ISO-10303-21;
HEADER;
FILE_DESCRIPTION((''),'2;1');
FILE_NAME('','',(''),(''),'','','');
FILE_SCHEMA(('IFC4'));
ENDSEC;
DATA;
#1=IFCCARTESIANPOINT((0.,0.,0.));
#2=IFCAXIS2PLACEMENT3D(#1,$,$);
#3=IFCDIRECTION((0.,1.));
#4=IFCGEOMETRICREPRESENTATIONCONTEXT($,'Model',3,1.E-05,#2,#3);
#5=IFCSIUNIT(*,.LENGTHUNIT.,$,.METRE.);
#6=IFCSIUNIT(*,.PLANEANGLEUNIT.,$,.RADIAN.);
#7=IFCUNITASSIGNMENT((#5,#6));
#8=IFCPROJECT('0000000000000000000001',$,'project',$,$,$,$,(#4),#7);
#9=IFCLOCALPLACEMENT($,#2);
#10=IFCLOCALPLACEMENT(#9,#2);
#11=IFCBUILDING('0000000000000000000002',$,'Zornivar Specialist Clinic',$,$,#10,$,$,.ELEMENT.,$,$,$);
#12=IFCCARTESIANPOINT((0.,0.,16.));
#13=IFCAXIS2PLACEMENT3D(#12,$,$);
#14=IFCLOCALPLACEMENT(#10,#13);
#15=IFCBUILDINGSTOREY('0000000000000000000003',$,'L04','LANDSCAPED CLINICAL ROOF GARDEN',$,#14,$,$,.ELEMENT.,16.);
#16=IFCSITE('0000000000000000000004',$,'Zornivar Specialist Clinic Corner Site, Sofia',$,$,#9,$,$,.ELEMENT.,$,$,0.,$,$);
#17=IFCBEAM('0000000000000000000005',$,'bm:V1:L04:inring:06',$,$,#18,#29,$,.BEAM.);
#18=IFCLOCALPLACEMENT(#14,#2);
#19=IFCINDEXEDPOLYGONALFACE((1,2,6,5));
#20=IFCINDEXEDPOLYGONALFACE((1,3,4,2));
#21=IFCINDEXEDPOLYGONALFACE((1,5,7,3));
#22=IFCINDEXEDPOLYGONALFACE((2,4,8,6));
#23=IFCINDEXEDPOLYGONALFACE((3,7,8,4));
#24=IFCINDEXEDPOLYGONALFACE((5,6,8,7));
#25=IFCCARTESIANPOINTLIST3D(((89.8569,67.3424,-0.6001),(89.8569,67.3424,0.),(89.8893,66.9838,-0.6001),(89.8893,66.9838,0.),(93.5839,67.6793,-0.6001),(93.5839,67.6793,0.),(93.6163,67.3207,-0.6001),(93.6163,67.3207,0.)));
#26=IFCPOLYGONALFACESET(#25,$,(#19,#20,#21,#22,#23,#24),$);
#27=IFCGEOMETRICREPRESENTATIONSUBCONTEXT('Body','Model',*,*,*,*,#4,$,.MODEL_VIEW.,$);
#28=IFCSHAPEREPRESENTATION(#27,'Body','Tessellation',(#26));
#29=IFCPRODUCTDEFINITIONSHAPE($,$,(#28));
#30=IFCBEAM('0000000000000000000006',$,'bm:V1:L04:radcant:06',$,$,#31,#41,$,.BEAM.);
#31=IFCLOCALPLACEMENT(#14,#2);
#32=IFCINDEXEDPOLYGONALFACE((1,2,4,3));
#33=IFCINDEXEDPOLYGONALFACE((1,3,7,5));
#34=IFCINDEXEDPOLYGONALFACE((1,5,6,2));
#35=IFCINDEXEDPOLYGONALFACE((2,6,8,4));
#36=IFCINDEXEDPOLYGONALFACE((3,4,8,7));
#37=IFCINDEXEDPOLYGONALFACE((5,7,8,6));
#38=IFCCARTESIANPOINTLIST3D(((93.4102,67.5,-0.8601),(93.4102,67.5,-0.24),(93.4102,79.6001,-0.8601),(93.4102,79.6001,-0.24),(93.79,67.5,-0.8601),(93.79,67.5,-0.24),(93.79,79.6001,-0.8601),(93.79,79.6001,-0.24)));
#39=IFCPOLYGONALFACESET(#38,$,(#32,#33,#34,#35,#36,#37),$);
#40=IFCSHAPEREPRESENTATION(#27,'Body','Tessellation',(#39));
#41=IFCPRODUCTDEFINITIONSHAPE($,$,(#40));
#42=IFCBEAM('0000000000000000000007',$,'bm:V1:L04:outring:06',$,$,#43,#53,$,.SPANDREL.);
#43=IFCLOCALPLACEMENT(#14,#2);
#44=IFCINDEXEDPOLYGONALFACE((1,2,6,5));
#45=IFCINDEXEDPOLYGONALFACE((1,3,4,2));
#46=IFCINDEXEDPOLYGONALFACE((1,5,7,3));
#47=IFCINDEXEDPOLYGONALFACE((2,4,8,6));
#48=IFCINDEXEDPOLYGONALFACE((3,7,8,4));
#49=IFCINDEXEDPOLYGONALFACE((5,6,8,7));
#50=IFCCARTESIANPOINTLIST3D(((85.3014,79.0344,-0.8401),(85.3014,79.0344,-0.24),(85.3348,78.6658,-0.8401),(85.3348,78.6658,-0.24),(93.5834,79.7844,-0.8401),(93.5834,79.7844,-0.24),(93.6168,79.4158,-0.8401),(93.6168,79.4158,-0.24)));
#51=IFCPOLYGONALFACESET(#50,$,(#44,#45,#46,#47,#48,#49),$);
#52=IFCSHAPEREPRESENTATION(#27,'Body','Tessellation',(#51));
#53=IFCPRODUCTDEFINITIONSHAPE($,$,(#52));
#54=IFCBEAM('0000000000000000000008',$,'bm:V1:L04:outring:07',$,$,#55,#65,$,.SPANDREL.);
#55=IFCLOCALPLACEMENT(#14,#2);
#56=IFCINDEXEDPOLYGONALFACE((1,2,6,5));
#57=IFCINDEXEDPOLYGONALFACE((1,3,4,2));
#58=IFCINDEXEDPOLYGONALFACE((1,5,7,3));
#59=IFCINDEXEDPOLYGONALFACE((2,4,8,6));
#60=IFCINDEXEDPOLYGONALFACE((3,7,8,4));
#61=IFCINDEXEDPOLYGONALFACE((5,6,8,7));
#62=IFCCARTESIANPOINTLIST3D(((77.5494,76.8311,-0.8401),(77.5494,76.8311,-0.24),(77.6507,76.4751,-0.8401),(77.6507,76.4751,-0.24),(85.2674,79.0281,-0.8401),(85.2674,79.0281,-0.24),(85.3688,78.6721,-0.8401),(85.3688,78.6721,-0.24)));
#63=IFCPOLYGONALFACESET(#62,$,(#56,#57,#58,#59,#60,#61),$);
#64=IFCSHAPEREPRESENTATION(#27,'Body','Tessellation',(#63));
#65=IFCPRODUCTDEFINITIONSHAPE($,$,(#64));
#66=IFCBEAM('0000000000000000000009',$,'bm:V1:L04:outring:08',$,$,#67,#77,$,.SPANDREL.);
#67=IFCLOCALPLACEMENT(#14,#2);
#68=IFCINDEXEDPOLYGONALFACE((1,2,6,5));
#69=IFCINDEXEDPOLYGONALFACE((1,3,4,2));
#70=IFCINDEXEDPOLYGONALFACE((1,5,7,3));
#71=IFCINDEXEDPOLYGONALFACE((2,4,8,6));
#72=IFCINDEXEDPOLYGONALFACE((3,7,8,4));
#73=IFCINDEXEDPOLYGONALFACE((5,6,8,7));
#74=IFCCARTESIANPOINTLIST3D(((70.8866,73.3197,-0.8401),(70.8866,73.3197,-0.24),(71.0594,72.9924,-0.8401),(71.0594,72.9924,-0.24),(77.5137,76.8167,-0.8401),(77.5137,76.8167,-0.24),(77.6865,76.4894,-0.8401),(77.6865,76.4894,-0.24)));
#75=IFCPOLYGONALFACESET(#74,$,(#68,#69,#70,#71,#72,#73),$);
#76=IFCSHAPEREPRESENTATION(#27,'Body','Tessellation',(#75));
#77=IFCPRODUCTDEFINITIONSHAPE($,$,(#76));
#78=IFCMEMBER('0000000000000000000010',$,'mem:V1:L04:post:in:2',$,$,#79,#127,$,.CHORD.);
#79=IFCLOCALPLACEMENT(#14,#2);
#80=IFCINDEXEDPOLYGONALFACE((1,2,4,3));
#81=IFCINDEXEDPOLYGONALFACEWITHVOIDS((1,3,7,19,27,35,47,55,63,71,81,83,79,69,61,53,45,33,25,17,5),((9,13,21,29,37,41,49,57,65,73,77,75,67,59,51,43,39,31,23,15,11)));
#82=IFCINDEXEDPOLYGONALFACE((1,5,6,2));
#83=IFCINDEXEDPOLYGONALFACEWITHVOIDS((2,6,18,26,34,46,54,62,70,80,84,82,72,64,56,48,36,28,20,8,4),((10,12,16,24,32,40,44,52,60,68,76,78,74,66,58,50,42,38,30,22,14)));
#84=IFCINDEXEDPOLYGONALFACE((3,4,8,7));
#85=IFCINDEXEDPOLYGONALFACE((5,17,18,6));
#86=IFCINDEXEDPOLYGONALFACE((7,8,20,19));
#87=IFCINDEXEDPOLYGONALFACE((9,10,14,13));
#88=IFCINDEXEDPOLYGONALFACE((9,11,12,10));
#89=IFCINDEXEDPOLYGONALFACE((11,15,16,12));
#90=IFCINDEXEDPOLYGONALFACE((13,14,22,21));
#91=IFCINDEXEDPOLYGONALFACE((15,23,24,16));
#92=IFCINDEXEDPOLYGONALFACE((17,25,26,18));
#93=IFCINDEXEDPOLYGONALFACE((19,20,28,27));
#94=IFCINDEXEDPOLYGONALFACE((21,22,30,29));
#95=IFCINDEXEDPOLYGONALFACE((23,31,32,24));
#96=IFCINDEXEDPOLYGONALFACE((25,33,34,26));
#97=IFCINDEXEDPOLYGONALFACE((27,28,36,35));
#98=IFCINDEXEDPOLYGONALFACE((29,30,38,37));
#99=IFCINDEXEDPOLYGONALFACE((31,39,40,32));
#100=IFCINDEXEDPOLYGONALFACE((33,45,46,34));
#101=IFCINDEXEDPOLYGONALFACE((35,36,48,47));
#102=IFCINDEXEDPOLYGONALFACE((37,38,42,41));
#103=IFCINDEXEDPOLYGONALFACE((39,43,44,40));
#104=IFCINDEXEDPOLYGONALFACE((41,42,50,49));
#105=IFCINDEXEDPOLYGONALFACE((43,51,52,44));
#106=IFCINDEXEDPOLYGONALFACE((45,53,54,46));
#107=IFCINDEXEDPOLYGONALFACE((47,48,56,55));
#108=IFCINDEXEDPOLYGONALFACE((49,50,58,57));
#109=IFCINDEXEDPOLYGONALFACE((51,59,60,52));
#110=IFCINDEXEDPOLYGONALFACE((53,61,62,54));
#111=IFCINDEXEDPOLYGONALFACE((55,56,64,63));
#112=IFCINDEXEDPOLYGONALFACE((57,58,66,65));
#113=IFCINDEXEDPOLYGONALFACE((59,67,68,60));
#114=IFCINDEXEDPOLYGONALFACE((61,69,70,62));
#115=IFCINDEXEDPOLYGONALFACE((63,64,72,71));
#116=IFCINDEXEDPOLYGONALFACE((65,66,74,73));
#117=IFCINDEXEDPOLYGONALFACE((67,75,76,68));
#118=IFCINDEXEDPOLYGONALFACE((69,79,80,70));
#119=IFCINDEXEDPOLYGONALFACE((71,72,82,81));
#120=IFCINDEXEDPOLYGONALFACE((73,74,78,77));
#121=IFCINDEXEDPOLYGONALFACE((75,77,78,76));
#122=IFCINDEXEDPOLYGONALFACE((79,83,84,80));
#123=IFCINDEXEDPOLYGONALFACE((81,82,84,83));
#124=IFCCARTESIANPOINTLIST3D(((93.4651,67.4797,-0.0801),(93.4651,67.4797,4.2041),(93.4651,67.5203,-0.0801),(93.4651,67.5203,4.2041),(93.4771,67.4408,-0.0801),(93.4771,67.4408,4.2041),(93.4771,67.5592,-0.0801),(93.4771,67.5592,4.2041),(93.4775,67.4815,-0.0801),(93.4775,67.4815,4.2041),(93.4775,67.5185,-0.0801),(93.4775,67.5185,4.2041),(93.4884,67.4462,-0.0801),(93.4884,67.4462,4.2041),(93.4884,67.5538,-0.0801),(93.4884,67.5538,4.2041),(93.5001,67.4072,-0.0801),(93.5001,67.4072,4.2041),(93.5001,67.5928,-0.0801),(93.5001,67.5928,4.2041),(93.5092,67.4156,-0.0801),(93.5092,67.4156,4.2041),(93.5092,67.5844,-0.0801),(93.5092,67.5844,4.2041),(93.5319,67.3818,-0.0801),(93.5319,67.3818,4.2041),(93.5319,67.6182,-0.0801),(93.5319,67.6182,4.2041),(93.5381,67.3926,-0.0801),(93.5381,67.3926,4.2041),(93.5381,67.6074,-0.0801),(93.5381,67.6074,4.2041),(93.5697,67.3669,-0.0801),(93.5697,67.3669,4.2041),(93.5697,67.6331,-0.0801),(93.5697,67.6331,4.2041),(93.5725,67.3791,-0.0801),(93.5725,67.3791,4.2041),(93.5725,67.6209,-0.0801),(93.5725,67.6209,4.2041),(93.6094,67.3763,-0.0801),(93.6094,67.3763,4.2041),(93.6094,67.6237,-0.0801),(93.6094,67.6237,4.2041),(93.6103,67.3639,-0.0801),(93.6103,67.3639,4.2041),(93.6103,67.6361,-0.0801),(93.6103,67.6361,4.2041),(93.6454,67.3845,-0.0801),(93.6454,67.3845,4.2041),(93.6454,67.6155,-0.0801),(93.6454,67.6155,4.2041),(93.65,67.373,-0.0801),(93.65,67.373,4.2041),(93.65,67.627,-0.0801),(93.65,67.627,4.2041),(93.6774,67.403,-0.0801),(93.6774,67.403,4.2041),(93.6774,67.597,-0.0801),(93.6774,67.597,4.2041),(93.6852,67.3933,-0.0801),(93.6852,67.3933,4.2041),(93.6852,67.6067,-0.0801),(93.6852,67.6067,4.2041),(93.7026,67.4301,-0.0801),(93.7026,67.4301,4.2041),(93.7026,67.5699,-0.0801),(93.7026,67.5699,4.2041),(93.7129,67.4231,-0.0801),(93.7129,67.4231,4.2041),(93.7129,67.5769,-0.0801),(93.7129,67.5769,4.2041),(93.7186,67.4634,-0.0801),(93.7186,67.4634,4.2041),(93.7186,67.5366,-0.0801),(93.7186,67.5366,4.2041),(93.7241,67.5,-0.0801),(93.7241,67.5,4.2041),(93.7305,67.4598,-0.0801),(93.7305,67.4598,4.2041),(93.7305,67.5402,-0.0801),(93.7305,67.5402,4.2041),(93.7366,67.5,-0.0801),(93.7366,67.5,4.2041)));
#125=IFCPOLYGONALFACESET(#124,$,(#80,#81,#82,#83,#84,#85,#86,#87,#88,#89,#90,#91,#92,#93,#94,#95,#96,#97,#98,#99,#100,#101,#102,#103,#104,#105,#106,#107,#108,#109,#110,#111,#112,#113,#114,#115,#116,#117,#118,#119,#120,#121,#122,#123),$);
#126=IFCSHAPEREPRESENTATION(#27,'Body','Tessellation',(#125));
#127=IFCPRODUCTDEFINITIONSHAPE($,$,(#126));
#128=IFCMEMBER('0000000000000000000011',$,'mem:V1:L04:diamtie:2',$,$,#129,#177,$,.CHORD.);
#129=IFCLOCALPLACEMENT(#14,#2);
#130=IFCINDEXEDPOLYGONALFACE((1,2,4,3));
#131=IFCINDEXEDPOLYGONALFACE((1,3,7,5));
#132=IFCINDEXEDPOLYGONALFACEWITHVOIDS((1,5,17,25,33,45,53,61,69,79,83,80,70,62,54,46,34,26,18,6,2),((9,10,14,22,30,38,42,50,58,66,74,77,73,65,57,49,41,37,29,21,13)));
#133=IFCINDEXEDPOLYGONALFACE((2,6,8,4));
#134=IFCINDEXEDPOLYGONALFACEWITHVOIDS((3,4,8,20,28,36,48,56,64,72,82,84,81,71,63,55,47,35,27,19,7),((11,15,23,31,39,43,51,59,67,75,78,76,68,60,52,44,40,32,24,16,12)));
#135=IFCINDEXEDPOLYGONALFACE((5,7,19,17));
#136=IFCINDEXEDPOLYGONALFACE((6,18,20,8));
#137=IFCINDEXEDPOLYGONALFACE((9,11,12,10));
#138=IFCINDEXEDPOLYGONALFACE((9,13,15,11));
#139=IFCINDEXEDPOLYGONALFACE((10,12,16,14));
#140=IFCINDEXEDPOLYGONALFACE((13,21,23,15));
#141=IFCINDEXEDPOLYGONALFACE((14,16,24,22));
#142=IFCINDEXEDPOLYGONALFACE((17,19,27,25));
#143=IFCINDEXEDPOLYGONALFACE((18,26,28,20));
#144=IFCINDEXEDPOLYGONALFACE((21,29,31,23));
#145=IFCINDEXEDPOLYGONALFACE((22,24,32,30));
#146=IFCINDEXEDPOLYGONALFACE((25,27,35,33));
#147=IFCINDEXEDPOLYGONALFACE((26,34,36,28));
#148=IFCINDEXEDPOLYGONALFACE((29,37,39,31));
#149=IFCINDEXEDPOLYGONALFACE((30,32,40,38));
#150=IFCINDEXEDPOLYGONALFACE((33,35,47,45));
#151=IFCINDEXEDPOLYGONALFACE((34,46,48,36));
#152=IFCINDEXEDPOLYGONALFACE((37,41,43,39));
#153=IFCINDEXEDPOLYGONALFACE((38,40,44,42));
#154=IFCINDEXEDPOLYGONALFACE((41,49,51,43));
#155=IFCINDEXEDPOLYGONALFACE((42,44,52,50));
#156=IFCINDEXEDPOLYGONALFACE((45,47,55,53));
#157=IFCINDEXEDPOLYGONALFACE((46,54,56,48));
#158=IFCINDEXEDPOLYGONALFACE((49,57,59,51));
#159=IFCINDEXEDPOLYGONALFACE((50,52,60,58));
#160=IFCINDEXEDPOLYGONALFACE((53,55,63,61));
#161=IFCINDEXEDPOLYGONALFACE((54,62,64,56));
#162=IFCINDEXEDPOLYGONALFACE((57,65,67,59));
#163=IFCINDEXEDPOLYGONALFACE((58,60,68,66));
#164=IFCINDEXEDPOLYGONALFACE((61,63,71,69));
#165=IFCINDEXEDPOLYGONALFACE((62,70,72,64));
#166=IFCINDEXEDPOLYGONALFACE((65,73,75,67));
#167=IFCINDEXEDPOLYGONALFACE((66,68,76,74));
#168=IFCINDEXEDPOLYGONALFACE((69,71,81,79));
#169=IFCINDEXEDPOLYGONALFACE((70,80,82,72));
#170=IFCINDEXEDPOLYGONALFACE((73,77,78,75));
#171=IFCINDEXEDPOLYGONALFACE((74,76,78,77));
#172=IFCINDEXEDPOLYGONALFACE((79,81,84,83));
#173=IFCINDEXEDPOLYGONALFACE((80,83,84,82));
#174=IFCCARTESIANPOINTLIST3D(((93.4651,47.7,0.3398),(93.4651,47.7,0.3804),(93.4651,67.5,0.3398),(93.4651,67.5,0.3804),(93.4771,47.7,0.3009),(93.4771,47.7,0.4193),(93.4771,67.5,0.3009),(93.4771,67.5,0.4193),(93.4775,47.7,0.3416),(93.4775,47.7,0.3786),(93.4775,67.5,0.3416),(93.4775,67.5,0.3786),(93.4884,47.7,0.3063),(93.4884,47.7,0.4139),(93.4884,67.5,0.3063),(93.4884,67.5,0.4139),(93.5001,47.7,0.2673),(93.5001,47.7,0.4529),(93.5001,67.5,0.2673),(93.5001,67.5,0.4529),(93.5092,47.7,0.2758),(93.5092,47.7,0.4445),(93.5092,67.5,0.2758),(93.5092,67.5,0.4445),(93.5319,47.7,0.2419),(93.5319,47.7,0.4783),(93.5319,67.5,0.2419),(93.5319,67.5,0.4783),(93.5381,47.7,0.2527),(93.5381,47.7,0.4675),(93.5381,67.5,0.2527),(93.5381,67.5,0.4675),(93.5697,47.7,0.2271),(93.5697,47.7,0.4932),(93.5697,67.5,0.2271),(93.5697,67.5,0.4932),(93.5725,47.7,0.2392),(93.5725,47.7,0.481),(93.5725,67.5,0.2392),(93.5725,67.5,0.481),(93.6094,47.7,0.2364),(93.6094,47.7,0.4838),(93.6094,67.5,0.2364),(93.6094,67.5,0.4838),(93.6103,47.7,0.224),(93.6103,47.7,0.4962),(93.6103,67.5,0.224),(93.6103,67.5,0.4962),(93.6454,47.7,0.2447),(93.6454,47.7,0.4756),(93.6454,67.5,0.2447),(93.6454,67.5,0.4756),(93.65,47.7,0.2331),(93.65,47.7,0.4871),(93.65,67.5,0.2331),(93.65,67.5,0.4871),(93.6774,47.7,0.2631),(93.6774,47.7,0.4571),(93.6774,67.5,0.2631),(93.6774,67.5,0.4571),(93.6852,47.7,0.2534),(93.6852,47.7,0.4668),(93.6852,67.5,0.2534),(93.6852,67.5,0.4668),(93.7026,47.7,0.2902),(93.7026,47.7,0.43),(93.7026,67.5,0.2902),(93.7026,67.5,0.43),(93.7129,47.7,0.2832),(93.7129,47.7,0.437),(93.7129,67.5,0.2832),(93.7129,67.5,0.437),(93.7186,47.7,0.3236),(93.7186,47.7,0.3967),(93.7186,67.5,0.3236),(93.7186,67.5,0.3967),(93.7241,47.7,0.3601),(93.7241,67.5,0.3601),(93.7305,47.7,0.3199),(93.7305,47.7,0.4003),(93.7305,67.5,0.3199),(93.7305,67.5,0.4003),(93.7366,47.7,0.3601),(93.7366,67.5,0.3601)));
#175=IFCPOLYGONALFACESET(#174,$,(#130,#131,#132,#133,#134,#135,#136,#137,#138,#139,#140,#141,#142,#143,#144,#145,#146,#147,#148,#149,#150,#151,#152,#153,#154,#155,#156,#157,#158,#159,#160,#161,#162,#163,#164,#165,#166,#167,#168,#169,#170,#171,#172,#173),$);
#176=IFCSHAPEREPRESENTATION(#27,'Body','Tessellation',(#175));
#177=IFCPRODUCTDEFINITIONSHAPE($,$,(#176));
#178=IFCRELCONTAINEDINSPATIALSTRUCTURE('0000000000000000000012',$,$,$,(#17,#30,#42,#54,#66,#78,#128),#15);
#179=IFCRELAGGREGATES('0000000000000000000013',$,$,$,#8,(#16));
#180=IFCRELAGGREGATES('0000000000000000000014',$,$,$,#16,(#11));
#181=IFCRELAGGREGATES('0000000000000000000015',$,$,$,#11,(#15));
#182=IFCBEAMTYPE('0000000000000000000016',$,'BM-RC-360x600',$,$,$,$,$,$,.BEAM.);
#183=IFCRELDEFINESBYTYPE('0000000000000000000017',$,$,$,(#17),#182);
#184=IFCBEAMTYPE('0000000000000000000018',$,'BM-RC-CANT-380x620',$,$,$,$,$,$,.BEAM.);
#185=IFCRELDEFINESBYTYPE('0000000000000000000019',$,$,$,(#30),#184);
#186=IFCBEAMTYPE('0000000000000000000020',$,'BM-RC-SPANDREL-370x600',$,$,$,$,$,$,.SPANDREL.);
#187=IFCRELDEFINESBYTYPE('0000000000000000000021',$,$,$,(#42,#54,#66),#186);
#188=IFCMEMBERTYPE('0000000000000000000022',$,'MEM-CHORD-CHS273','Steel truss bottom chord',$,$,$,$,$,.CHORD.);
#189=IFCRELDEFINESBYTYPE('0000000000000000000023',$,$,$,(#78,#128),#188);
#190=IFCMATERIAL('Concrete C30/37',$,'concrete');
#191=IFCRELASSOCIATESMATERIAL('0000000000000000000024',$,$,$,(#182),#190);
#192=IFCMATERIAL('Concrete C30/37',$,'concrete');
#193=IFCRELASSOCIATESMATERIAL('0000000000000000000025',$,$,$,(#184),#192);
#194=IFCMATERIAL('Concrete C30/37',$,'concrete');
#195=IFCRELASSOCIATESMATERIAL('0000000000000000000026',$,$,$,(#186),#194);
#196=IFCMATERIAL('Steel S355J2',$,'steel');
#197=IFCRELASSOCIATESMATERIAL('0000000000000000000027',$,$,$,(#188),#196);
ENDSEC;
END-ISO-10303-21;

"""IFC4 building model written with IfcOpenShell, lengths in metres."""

from ifc_helpers import new_model, si_unit, direction, frame, origin, origin_2d, place, context, subcontext, project, spatial, rectangle, hollow_circle, extrude, material, material_profile, profile_set, type_object, element, save


model = new_model("IFC4")

# Units and contexts
model_context = context("Model", 3, precision=1e-05, world=origin(), true_north=direction((0.0, 1.0)))
body_context = subcontext(model_context, "Body", "Model", "MODEL_VIEW")
ifc_project = project(units=[si_unit("LENGTHUNIT", "METRE"), si_unit("PLANEANGLEUNIT", "RADIAN")], contexts=[model_context])

# Site, building, storey
site_placement = place(None, origin())
site = spatial("IfcSite", under=ifc_project, at=site_placement, Name="Zornivar Specialist Clinic Corner Site, Sofia", CompositionType="ELEMENT", RefElevation=0.0)
building_placement = place(site_placement, origin())
building = spatial("IfcBuilding", under=site, at=building_placement, Name="Zornivar Specialist Clinic", CompositionType="ELEMENT")
storey_placement = place(building_placement, frame((0.0, 0.0, 16.0)))
storey = spatial("IfcBuildingStorey", under=building, at=storey_placement, Name="L04", Description="LANDSCAPED CLINICAL ROOF GARDEN", CompositionType="ELEMENT", Elevation=16.0)

# Beams
ifc_material_1 = material(Name="Concrete C30/37", Category="concrete")
ifc_material_profile_1 = material_profile(ifc_material_1, rectangle(XDim=0.3601, YDim=0.6001, at=origin_2d()), Name="RC 360x600")
ifc_profile_set_1 = profile_set([ifc_material_profile_1], Name="Concrete C30/37")
beam_type_1 = type_object("IfcBeamType", Name="BM-RC-360x600", PredefinedType="BEAM", material=ifc_profile_set_1)
beam_1_placement = place(storey_placement, frame((93.6001, 67.5, -0.3), z_axis=(-0.995939, -0.09003, 0.0), x_axis=(0.09003, -0.995939, 0.0)))
element("IfcBeam", 1, at=beam_1_placement, inside=storey, type_object=beam_type_1, Name="bm:V1:L04:inring:06", PredefinedType="BEAM", context=body_context, shape_type="SweptSolid", body=[
    extrude(rectangle(XDim=0.3601, YDim=0.6001, at=origin_2d()), origin(), (0.0, 0.0, 1.0), 3.7422),
])
ifc_material_2 = material(Name="Concrete C30/37", Category="concrete")
ifc_material_profile_2 = material_profile(ifc_material_2, rectangle(XDim=0.3799, YDim=0.6201, at=origin_2d()), Name="RC 380x620")
ifc_profile_set_2 = profile_set([ifc_material_profile_2], Name="Concrete C30/37")
beam_type_2 = type_object("IfcBeamType", Name="BM-RC-CANT-380x620", PredefinedType="BEAM", material=ifc_profile_set_2)
beam_2_placement = place(storey_placement, frame((93.6001, 67.5, -0.55), z_axis=(0.0, 1.0, 0.0), x_axis=(-1.0, 0.0, 0.0)))
element("IfcBeam", 2, at=beam_2_placement, inside=storey, type_object=beam_type_2, Name="bm:V1:L04:radcant:06", PredefinedType="BEAM", context=body_context, shape_type="SweptSolid", body=[
    extrude(rectangle(XDim=0.3799, YDim=0.6201, at=origin_2d()), origin(), (0.0, 0.0, 1.0), 12.1001),
])
ifc_material_3 = material(Name="Concrete C30/37", Category="concrete")
ifc_material_profile_3 = material_profile(ifc_material_3, rectangle(XDim=0.3701, YDim=0.6001, at=origin_2d()), Name="RC 370x600")
ifc_profile_set_3 = profile_set([ifc_material_profile_3], Name="Concrete C30/37")
beam_type_3 = type_object("IfcBeamType", Name="BM-RC-SPANDREL-370x600", PredefinedType="SPANDREL", material=ifc_profile_set_3)
beam_3_placement = place(storey_placement, frame((93.6001, 79.6001, -0.54), z_axis=(-0.995925, -0.090189, 0.0), x_axis=(0.090189, -0.995925, 0.0)))
element("IfcBeam", 3, at=beam_3_placement, inside=storey, type_object=beam_type_3, Name="bm:V1:L04:outring:06", PredefinedType="SPANDREL", context=body_context, shape_type="SweptSolid", body=[
    extrude(rectangle(XDim=0.3701, YDim=0.6001, at=origin_2d()), origin(), (0.0, 0.0, 1.0), 8.3159),
])
beam_4_placement = place(storey_placement, frame((85.3181, 78.8501, -0.54), z_axis=(-0.961791, -0.273785, 0.0), x_axis=(0.273785, -0.961791, 0.0)))
element("IfcBeam", 4, at=beam_4_placement, inside=storey, type_object=beam_type_3, Name="bm:V1:L04:outring:07", PredefinedType="SPANDREL", context=body_context, shape_type="SweptSolid", body=[
    extrude(rectangle(XDim=0.3701, YDim=0.6001, at=origin_2d()), origin(), (0.0, 0.0, 1.0), 8.0247),
])
beam_5_placement = place(storey_placement, frame((77.6001, 76.6531, -0.54), z_axis=(-0.884419, -0.466694, 0.0), x_axis=(0.466694, -0.884419, 0.0)))
element("IfcBeam", 5, at=beam_5_placement, inside=storey, type_object=beam_type_3, Name="bm:V1:L04:outring:08", PredefinedType="SPANDREL", context=body_context, shape_type="SweptSolid", body=[
    extrude(rectangle(XDim=0.3701, YDim=0.6001, at=origin_2d()), origin(), (0.0, 0.0, 1.0), 7.4932),
])

# Members
ifc_material_4 = material(Name="Steel S355J2", Category="steel")
ifc_material_profile_4 = material_profile(ifc_material_4, hollow_circle(Radius=0.1365, WallThickness=0.0125, at=origin_2d()), Name="CHS 273x12.5")
ifc_profile_set_4 = profile_set([ifc_material_profile_4], Name="Steel S355J2")
member_type_1 = type_object("IfcMemberType", Name="MEM-CHORD-CHS273", Description="Steel truss bottom chord", PredefinedType="CHORD", material=ifc_profile_set_4)
member_1_placement = place(storey_placement, frame((93.6001, 67.5, -0.0801), z_axis=(0.0, 0.0, 1.0), x_axis=(1.0, 0.0, 0.0)))
element("IfcMember", 6, at=member_1_placement, inside=storey, type_object=member_type_1, Name="mem:V1:L04:post:in:2", PredefinedType="CHORD", context=body_context, shape_type="SweptSolid", body=[
    extrude(hollow_circle(Radius=0.1365, WallThickness=0.0125, at=origin_2d()), origin(), (0.0, 0.0, 1.0), 4.2842),
])
member_2_placement = place(storey_placement, frame((93.6001, 67.5, 0.3601), z_axis=(0.0, -1.0, 0.0), x_axis=(1.0, 0.0, 0.0)))
element("IfcMember", 7, at=member_2_placement, inside=storey, type_object=member_type_1, Name="mem:V1:L04:diamtie:2", PredefinedType="CHORD", context=body_context, shape_type="SweptSolid", body=[
    extrude(hollow_circle(Radius=0.1365, WallThickness=0.0125, at=origin_2d()), origin(), (0.0, 0.0, 1.0), 19.8),
])

save(model, "model.ifc")
